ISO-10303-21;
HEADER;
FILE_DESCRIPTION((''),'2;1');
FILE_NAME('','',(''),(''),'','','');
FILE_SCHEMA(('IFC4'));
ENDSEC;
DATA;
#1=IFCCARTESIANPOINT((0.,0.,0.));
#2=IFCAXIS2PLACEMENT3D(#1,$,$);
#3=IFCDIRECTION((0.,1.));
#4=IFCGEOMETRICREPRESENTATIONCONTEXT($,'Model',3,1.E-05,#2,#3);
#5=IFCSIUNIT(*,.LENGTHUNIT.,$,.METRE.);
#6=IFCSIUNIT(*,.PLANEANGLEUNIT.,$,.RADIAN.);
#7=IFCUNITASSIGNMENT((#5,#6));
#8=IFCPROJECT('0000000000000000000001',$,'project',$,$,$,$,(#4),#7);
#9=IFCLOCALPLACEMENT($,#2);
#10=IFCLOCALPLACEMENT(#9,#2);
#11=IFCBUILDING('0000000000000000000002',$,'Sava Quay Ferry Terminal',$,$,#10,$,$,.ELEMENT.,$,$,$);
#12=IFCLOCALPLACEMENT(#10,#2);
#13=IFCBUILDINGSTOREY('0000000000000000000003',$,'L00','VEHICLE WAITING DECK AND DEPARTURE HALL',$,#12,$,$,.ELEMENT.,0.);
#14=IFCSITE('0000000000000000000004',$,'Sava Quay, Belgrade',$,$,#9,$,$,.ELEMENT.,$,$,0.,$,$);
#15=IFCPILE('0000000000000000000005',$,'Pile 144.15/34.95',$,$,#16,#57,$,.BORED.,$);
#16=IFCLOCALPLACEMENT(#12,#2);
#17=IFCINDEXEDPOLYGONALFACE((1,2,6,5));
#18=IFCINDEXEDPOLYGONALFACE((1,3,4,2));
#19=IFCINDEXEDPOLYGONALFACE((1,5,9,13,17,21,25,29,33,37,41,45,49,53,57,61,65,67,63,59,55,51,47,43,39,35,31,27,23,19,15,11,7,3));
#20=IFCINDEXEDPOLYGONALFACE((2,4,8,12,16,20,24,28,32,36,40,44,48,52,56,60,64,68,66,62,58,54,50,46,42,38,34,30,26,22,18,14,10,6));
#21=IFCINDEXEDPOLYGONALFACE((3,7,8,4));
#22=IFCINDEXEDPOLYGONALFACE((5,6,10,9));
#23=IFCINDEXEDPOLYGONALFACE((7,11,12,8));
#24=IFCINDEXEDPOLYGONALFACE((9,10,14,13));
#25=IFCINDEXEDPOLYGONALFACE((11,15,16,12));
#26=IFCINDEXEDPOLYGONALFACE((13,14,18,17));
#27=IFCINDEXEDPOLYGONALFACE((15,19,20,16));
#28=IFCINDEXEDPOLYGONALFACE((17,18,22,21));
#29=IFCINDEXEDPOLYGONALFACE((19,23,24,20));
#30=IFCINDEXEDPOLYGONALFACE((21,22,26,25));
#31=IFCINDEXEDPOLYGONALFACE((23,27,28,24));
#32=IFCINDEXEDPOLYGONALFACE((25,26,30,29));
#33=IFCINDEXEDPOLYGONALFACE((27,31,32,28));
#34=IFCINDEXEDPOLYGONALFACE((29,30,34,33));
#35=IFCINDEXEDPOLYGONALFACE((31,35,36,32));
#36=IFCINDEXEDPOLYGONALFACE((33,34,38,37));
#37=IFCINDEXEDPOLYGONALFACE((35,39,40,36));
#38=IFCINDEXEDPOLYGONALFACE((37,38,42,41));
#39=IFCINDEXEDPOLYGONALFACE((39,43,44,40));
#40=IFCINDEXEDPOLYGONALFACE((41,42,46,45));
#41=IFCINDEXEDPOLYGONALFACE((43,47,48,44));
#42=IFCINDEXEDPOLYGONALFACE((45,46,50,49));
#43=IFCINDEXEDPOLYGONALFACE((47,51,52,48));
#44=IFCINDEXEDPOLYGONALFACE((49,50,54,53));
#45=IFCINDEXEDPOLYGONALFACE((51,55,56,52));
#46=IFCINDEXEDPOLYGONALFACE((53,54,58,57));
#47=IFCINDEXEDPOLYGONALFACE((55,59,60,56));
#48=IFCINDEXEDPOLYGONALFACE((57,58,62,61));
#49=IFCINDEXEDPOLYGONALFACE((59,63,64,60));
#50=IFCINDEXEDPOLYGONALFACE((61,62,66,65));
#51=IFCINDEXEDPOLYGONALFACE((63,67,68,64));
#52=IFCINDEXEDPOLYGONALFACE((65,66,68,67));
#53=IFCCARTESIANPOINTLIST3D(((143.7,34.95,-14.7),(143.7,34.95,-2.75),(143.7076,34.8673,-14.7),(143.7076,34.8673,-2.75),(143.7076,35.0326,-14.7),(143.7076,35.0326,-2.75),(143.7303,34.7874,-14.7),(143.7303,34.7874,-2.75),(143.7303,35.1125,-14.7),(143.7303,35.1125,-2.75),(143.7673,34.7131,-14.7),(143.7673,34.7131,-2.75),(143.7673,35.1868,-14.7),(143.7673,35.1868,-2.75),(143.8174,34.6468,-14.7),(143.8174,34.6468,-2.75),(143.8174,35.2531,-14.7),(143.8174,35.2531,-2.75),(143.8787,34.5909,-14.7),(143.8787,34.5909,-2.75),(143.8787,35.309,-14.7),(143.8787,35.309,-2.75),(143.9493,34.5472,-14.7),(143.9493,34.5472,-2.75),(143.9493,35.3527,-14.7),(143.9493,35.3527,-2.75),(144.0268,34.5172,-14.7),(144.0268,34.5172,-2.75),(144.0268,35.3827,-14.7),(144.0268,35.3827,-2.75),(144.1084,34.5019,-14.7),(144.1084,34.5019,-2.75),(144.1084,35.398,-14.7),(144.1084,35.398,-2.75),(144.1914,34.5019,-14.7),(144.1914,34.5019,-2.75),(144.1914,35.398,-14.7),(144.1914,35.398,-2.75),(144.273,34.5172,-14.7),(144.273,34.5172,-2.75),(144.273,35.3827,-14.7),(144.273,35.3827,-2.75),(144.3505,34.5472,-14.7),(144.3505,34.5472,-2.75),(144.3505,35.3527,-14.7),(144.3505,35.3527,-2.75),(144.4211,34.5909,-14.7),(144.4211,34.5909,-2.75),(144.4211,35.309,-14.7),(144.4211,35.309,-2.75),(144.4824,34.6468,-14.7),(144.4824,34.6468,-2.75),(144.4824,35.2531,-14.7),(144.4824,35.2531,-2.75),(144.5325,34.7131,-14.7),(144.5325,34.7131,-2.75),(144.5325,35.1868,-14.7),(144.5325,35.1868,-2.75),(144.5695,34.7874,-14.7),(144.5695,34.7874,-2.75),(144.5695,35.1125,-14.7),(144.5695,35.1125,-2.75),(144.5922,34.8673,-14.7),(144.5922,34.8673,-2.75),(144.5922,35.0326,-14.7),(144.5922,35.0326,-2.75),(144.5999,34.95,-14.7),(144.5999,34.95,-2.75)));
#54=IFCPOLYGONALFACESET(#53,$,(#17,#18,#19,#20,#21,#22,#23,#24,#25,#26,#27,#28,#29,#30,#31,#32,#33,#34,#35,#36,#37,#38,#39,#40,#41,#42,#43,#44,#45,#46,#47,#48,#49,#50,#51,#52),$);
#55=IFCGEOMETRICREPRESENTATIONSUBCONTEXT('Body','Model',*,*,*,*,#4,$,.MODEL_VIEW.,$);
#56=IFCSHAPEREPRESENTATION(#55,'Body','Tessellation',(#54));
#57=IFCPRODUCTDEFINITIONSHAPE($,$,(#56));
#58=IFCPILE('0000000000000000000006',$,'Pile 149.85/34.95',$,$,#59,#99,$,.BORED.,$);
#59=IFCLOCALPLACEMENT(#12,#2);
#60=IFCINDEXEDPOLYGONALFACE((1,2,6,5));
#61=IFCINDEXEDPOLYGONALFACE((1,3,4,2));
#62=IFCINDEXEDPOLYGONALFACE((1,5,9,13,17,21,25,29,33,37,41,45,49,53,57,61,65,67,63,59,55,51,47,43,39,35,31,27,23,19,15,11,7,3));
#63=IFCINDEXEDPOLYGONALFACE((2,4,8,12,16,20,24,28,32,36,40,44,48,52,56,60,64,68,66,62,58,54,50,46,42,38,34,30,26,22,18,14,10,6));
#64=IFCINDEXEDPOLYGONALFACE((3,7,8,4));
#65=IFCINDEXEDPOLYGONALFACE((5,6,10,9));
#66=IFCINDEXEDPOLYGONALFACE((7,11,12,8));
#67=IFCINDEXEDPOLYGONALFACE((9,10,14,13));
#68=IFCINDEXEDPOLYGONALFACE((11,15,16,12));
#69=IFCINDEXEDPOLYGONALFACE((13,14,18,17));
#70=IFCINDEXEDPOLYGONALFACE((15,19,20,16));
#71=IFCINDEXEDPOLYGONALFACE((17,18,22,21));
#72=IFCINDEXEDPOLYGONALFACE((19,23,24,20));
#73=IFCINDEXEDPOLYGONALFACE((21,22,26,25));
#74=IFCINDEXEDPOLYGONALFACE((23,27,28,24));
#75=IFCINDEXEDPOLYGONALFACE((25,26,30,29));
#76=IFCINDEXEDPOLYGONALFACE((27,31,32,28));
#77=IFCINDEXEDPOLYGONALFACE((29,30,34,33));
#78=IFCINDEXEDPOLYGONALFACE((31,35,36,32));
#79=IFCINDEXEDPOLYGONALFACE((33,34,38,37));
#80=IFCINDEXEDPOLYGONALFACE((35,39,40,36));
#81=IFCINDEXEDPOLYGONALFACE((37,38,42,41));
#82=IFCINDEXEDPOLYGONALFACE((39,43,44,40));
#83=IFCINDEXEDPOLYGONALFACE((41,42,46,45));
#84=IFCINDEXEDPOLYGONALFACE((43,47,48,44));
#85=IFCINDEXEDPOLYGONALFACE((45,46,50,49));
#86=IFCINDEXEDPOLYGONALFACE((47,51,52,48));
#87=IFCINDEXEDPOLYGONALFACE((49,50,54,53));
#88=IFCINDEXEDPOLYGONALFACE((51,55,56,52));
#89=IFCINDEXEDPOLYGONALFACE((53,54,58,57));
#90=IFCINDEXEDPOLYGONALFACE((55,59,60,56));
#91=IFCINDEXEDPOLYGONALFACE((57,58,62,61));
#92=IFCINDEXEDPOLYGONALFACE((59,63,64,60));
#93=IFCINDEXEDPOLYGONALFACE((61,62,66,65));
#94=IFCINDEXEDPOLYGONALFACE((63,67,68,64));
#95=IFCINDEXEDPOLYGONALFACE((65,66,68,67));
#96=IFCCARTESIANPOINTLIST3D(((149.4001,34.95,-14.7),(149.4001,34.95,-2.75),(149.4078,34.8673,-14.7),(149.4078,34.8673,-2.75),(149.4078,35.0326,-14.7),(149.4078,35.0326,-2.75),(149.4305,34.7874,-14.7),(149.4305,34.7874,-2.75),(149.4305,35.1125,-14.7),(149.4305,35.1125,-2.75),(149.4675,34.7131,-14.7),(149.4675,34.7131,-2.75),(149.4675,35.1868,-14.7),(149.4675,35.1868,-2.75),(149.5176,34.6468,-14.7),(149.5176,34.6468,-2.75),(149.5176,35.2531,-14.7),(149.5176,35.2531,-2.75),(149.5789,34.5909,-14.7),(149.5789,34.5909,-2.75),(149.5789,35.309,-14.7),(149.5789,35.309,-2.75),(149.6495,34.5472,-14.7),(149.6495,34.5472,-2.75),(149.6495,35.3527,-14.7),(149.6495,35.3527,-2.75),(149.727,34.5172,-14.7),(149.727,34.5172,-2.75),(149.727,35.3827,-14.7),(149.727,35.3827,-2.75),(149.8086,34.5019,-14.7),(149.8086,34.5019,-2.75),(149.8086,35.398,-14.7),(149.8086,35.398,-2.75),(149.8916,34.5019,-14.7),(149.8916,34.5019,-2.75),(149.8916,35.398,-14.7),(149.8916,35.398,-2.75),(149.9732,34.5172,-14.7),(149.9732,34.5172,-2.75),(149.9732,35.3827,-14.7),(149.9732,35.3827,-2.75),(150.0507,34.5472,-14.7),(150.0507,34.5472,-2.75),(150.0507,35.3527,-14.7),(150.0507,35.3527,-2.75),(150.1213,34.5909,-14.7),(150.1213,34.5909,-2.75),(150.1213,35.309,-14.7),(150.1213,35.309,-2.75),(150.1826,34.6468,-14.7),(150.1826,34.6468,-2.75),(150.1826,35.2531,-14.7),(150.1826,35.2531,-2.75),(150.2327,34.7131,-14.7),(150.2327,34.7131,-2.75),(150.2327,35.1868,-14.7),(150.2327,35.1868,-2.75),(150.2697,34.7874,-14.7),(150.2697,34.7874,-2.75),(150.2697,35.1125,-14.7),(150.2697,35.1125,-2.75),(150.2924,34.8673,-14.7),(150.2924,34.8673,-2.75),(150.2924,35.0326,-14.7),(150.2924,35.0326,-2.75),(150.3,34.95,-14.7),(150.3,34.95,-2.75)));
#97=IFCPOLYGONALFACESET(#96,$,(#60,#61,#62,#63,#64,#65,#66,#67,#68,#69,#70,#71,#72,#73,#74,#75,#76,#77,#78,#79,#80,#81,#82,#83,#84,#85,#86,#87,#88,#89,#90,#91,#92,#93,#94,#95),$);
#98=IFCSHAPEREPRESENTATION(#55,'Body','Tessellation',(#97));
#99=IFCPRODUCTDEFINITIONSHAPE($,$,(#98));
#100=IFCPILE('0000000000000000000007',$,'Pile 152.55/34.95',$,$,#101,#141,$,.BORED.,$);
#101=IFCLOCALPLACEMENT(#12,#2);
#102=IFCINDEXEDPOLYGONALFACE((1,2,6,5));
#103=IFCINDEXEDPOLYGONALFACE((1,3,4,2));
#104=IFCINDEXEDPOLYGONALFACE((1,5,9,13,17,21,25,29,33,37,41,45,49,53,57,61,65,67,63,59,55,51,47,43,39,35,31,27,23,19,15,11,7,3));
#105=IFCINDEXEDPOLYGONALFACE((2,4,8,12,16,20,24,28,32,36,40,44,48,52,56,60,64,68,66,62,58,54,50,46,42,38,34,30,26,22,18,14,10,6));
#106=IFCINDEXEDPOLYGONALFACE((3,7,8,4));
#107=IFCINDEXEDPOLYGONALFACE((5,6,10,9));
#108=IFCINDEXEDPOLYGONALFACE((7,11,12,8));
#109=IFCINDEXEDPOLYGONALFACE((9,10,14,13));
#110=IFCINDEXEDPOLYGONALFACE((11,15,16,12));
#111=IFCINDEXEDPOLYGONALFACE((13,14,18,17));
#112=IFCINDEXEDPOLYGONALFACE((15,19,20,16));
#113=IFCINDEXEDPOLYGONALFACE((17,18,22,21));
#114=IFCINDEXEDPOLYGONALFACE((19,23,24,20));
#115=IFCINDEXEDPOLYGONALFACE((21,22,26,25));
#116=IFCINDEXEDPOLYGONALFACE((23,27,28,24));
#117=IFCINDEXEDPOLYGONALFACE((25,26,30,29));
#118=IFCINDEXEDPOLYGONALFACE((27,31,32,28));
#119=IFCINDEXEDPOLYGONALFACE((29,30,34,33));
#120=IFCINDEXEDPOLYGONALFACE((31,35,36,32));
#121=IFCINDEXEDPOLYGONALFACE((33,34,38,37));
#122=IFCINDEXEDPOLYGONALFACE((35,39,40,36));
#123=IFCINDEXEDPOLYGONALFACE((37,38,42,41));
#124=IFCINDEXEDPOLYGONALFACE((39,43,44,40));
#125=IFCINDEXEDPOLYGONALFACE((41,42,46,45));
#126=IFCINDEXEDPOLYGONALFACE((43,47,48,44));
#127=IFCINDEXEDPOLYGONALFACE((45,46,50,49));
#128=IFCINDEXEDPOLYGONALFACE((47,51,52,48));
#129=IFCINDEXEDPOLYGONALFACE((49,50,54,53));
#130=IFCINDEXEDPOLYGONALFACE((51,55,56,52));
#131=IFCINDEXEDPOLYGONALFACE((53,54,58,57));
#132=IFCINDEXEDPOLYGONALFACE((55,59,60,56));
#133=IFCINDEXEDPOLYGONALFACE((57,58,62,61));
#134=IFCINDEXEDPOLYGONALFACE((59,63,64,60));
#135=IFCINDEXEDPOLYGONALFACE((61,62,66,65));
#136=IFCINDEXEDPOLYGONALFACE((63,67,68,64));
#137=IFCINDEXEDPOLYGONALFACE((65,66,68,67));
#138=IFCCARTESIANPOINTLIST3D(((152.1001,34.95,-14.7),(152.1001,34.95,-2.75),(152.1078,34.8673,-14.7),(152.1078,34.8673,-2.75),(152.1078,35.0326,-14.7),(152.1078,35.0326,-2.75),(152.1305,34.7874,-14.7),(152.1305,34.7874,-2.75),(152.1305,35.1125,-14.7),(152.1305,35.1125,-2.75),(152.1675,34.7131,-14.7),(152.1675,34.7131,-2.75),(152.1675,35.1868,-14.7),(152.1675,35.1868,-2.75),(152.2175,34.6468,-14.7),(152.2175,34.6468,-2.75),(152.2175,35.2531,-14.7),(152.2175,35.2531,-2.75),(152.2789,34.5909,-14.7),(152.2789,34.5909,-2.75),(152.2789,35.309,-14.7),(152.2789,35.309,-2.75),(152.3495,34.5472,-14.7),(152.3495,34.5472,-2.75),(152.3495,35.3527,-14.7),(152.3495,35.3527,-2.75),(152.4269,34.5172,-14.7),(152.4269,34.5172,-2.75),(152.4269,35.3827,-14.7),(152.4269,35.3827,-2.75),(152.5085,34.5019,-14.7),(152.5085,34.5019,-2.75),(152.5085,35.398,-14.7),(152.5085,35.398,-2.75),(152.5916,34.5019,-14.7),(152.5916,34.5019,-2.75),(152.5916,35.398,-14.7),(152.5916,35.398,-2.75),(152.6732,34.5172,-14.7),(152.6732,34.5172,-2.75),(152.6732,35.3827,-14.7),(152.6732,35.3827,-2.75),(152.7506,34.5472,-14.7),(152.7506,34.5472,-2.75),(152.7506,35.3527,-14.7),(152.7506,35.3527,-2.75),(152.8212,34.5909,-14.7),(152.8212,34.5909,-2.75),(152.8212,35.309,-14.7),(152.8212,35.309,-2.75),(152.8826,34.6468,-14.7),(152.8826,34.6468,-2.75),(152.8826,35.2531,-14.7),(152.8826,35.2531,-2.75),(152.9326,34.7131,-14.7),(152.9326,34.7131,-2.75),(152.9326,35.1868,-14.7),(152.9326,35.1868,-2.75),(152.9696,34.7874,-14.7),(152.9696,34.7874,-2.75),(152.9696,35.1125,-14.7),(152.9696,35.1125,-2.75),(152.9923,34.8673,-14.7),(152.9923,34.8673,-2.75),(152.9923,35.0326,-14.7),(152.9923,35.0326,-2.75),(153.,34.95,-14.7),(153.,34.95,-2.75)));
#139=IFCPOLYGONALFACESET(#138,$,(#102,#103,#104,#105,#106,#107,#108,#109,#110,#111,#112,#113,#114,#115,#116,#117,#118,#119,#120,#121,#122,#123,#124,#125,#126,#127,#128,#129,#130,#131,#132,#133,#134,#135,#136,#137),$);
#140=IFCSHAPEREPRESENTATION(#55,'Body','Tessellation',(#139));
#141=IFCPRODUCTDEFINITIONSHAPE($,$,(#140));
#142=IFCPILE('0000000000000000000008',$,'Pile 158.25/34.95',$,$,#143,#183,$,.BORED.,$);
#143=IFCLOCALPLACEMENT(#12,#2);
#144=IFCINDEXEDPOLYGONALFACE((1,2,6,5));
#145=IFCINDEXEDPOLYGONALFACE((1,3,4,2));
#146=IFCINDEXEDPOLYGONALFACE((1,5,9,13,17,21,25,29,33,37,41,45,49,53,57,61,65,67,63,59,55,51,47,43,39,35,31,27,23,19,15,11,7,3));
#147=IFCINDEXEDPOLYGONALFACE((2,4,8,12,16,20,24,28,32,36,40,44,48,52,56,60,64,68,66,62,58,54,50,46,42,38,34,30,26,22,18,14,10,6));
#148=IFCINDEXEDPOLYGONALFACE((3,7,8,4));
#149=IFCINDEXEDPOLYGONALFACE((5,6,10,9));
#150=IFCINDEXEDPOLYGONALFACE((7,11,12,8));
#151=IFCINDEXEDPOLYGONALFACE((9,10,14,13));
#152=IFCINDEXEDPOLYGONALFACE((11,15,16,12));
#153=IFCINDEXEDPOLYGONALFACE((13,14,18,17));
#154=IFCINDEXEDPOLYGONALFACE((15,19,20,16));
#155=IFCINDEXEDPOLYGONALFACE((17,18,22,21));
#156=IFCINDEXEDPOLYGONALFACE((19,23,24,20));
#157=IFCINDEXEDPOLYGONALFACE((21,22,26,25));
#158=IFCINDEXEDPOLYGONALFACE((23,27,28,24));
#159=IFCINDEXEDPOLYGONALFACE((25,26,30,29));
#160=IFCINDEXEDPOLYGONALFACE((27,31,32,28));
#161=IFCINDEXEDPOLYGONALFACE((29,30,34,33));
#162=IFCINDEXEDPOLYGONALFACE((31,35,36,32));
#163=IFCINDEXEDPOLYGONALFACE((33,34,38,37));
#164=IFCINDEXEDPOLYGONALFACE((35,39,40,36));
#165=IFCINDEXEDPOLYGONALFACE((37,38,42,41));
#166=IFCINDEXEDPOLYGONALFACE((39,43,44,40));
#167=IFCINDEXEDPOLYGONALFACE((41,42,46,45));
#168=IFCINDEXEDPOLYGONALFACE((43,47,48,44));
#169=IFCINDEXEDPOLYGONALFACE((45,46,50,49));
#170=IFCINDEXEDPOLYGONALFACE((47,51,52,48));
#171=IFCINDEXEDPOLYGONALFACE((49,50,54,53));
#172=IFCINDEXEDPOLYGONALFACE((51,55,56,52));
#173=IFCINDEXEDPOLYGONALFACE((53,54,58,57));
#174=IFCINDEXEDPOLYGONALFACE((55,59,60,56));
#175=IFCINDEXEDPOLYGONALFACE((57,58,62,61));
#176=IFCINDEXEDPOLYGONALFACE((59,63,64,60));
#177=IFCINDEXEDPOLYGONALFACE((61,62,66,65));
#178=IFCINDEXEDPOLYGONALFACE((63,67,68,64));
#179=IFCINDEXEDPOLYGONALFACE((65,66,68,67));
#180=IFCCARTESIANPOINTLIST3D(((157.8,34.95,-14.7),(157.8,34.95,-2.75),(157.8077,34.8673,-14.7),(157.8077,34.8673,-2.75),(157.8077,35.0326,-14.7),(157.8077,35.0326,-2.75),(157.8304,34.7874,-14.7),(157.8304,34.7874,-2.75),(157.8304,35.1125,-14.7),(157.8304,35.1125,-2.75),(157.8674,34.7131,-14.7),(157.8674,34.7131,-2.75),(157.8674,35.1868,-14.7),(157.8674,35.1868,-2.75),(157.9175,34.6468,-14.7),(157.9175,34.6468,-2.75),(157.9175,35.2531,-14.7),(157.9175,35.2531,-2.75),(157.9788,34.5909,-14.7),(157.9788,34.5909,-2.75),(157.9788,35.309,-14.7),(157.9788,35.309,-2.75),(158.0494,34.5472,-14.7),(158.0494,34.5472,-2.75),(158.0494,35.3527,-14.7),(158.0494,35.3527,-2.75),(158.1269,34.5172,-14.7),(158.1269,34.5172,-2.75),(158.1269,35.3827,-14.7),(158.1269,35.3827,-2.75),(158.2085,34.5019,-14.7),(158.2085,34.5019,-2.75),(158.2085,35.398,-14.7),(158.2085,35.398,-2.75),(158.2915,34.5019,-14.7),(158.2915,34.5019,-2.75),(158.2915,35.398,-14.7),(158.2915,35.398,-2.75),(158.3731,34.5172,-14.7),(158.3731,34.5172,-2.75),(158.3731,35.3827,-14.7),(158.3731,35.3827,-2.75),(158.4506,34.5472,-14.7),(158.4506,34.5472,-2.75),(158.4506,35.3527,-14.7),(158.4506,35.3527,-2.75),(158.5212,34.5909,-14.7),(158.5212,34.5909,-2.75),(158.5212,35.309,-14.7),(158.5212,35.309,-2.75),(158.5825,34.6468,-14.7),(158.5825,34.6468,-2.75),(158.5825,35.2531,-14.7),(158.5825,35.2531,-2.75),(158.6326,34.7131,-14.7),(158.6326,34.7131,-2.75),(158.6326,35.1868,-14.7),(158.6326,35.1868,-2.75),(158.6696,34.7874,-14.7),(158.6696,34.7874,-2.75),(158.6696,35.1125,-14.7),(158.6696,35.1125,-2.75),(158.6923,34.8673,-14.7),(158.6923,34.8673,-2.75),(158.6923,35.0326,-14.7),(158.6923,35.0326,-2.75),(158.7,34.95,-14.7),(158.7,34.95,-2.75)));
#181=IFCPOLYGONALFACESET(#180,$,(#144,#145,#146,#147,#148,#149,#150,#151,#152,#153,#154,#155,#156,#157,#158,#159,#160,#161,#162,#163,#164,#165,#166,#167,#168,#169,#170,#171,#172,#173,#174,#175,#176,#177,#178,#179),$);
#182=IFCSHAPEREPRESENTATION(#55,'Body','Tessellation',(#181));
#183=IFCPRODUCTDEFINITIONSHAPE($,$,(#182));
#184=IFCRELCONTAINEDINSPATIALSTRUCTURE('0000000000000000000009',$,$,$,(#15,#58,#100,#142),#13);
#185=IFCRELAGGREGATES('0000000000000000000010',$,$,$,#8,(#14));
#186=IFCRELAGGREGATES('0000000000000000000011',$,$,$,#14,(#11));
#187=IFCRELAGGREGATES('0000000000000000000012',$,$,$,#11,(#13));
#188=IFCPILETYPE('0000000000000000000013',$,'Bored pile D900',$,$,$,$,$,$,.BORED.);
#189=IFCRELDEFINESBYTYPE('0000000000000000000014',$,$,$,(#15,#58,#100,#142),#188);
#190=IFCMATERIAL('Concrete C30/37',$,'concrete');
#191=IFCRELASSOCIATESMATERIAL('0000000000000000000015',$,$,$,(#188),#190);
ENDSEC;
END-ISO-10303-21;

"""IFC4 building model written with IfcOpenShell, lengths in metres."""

from ifc_helpers import new_model, si_unit, direction, frame, origin, origin_2d, place, context, subcontext, project, spatial, circle, extrude, material, material_profile, profile_set, type_object, element, save


model = new_model("IFC4")

# Units and contexts
model_context = context("Model", 3, precision=1e-05, world=origin(), true_north=direction((0.0, 1.0)))
body_context = subcontext(model_context, "Body", "Model", "MODEL_VIEW")
ifc_project = project(units=[si_unit("LENGTHUNIT", "METRE"), si_unit("PLANEANGLEUNIT", "RADIAN")], contexts=[model_context])

# Site, building, storey
site_placement = place(None, origin())
site = spatial("IfcSite", under=ifc_project, at=site_placement, Name="Sava Quay, Belgrade", CompositionType="ELEMENT", RefElevation=0.0)
building_placement = place(site_placement, origin())
building = spatial("IfcBuilding", under=site, at=building_placement, Name="Sava Quay Ferry Terminal", CompositionType="ELEMENT")
storey_placement = place(building_placement, origin())
storey = spatial("IfcBuildingStorey", under=building, at=storey_placement, Name="L00", Description="VEHICLE WAITING DECK AND DEPARTURE HALL", CompositionType="ELEMENT", Elevation=0.0)

# Piles
ifc_material_1 = material(Name="Concrete C30/37", Category="concrete")
ifc_material_profile_1 = material_profile(ifc_material_1, circle(Radius=0.45, at=origin_2d()), Name="Bored pile D900")
ifc_profile_set_1 = profile_set([ifc_material_profile_1], Name="Concrete C30/37")
pile_type = type_object("IfcPileType", Name="Bored pile D900", PredefinedType="BORED", material=ifc_profile_set_1)
for number, where, z_axis, x_axis, name in (
    (1, (144.1499, 34.95, -2.75), (0.0, 0.0, -1.0), (1.0, 0.0, 0.0), "Pile 144.15/34.95"),
    (2, (149.8501, 34.95, -2.75), (0.0, 0.0, -1.0), (1.0, 0.0, 0.0), "Pile 149.85/34.95"),
    (3, (152.55, 34.95, -2.75), (0.0, 0.0, -1.0), (1.0, 0.0, 0.0), "Pile 152.55/34.95"),
    (4, (158.25, 34.95, -2.75), (0.0, 0.0, -1.0), (1.0, 0.0, 0.0), "Pile 158.25/34.95"),
):
    element("IfcPile", number, at=place(storey_placement, frame(where, z_axis=z_axis, x_axis=x_axis)), inside=storey, type_object=pile_type, Name=name, PredefinedType="BORED", context=body_context, shape_type="SweptSolid", body=[
        extrude(circle(Radius=0.45, at=origin_2d()), origin(), (0.0, 0.0, 1.0), 11.95),
    ])

save(model, "model.ifc")
